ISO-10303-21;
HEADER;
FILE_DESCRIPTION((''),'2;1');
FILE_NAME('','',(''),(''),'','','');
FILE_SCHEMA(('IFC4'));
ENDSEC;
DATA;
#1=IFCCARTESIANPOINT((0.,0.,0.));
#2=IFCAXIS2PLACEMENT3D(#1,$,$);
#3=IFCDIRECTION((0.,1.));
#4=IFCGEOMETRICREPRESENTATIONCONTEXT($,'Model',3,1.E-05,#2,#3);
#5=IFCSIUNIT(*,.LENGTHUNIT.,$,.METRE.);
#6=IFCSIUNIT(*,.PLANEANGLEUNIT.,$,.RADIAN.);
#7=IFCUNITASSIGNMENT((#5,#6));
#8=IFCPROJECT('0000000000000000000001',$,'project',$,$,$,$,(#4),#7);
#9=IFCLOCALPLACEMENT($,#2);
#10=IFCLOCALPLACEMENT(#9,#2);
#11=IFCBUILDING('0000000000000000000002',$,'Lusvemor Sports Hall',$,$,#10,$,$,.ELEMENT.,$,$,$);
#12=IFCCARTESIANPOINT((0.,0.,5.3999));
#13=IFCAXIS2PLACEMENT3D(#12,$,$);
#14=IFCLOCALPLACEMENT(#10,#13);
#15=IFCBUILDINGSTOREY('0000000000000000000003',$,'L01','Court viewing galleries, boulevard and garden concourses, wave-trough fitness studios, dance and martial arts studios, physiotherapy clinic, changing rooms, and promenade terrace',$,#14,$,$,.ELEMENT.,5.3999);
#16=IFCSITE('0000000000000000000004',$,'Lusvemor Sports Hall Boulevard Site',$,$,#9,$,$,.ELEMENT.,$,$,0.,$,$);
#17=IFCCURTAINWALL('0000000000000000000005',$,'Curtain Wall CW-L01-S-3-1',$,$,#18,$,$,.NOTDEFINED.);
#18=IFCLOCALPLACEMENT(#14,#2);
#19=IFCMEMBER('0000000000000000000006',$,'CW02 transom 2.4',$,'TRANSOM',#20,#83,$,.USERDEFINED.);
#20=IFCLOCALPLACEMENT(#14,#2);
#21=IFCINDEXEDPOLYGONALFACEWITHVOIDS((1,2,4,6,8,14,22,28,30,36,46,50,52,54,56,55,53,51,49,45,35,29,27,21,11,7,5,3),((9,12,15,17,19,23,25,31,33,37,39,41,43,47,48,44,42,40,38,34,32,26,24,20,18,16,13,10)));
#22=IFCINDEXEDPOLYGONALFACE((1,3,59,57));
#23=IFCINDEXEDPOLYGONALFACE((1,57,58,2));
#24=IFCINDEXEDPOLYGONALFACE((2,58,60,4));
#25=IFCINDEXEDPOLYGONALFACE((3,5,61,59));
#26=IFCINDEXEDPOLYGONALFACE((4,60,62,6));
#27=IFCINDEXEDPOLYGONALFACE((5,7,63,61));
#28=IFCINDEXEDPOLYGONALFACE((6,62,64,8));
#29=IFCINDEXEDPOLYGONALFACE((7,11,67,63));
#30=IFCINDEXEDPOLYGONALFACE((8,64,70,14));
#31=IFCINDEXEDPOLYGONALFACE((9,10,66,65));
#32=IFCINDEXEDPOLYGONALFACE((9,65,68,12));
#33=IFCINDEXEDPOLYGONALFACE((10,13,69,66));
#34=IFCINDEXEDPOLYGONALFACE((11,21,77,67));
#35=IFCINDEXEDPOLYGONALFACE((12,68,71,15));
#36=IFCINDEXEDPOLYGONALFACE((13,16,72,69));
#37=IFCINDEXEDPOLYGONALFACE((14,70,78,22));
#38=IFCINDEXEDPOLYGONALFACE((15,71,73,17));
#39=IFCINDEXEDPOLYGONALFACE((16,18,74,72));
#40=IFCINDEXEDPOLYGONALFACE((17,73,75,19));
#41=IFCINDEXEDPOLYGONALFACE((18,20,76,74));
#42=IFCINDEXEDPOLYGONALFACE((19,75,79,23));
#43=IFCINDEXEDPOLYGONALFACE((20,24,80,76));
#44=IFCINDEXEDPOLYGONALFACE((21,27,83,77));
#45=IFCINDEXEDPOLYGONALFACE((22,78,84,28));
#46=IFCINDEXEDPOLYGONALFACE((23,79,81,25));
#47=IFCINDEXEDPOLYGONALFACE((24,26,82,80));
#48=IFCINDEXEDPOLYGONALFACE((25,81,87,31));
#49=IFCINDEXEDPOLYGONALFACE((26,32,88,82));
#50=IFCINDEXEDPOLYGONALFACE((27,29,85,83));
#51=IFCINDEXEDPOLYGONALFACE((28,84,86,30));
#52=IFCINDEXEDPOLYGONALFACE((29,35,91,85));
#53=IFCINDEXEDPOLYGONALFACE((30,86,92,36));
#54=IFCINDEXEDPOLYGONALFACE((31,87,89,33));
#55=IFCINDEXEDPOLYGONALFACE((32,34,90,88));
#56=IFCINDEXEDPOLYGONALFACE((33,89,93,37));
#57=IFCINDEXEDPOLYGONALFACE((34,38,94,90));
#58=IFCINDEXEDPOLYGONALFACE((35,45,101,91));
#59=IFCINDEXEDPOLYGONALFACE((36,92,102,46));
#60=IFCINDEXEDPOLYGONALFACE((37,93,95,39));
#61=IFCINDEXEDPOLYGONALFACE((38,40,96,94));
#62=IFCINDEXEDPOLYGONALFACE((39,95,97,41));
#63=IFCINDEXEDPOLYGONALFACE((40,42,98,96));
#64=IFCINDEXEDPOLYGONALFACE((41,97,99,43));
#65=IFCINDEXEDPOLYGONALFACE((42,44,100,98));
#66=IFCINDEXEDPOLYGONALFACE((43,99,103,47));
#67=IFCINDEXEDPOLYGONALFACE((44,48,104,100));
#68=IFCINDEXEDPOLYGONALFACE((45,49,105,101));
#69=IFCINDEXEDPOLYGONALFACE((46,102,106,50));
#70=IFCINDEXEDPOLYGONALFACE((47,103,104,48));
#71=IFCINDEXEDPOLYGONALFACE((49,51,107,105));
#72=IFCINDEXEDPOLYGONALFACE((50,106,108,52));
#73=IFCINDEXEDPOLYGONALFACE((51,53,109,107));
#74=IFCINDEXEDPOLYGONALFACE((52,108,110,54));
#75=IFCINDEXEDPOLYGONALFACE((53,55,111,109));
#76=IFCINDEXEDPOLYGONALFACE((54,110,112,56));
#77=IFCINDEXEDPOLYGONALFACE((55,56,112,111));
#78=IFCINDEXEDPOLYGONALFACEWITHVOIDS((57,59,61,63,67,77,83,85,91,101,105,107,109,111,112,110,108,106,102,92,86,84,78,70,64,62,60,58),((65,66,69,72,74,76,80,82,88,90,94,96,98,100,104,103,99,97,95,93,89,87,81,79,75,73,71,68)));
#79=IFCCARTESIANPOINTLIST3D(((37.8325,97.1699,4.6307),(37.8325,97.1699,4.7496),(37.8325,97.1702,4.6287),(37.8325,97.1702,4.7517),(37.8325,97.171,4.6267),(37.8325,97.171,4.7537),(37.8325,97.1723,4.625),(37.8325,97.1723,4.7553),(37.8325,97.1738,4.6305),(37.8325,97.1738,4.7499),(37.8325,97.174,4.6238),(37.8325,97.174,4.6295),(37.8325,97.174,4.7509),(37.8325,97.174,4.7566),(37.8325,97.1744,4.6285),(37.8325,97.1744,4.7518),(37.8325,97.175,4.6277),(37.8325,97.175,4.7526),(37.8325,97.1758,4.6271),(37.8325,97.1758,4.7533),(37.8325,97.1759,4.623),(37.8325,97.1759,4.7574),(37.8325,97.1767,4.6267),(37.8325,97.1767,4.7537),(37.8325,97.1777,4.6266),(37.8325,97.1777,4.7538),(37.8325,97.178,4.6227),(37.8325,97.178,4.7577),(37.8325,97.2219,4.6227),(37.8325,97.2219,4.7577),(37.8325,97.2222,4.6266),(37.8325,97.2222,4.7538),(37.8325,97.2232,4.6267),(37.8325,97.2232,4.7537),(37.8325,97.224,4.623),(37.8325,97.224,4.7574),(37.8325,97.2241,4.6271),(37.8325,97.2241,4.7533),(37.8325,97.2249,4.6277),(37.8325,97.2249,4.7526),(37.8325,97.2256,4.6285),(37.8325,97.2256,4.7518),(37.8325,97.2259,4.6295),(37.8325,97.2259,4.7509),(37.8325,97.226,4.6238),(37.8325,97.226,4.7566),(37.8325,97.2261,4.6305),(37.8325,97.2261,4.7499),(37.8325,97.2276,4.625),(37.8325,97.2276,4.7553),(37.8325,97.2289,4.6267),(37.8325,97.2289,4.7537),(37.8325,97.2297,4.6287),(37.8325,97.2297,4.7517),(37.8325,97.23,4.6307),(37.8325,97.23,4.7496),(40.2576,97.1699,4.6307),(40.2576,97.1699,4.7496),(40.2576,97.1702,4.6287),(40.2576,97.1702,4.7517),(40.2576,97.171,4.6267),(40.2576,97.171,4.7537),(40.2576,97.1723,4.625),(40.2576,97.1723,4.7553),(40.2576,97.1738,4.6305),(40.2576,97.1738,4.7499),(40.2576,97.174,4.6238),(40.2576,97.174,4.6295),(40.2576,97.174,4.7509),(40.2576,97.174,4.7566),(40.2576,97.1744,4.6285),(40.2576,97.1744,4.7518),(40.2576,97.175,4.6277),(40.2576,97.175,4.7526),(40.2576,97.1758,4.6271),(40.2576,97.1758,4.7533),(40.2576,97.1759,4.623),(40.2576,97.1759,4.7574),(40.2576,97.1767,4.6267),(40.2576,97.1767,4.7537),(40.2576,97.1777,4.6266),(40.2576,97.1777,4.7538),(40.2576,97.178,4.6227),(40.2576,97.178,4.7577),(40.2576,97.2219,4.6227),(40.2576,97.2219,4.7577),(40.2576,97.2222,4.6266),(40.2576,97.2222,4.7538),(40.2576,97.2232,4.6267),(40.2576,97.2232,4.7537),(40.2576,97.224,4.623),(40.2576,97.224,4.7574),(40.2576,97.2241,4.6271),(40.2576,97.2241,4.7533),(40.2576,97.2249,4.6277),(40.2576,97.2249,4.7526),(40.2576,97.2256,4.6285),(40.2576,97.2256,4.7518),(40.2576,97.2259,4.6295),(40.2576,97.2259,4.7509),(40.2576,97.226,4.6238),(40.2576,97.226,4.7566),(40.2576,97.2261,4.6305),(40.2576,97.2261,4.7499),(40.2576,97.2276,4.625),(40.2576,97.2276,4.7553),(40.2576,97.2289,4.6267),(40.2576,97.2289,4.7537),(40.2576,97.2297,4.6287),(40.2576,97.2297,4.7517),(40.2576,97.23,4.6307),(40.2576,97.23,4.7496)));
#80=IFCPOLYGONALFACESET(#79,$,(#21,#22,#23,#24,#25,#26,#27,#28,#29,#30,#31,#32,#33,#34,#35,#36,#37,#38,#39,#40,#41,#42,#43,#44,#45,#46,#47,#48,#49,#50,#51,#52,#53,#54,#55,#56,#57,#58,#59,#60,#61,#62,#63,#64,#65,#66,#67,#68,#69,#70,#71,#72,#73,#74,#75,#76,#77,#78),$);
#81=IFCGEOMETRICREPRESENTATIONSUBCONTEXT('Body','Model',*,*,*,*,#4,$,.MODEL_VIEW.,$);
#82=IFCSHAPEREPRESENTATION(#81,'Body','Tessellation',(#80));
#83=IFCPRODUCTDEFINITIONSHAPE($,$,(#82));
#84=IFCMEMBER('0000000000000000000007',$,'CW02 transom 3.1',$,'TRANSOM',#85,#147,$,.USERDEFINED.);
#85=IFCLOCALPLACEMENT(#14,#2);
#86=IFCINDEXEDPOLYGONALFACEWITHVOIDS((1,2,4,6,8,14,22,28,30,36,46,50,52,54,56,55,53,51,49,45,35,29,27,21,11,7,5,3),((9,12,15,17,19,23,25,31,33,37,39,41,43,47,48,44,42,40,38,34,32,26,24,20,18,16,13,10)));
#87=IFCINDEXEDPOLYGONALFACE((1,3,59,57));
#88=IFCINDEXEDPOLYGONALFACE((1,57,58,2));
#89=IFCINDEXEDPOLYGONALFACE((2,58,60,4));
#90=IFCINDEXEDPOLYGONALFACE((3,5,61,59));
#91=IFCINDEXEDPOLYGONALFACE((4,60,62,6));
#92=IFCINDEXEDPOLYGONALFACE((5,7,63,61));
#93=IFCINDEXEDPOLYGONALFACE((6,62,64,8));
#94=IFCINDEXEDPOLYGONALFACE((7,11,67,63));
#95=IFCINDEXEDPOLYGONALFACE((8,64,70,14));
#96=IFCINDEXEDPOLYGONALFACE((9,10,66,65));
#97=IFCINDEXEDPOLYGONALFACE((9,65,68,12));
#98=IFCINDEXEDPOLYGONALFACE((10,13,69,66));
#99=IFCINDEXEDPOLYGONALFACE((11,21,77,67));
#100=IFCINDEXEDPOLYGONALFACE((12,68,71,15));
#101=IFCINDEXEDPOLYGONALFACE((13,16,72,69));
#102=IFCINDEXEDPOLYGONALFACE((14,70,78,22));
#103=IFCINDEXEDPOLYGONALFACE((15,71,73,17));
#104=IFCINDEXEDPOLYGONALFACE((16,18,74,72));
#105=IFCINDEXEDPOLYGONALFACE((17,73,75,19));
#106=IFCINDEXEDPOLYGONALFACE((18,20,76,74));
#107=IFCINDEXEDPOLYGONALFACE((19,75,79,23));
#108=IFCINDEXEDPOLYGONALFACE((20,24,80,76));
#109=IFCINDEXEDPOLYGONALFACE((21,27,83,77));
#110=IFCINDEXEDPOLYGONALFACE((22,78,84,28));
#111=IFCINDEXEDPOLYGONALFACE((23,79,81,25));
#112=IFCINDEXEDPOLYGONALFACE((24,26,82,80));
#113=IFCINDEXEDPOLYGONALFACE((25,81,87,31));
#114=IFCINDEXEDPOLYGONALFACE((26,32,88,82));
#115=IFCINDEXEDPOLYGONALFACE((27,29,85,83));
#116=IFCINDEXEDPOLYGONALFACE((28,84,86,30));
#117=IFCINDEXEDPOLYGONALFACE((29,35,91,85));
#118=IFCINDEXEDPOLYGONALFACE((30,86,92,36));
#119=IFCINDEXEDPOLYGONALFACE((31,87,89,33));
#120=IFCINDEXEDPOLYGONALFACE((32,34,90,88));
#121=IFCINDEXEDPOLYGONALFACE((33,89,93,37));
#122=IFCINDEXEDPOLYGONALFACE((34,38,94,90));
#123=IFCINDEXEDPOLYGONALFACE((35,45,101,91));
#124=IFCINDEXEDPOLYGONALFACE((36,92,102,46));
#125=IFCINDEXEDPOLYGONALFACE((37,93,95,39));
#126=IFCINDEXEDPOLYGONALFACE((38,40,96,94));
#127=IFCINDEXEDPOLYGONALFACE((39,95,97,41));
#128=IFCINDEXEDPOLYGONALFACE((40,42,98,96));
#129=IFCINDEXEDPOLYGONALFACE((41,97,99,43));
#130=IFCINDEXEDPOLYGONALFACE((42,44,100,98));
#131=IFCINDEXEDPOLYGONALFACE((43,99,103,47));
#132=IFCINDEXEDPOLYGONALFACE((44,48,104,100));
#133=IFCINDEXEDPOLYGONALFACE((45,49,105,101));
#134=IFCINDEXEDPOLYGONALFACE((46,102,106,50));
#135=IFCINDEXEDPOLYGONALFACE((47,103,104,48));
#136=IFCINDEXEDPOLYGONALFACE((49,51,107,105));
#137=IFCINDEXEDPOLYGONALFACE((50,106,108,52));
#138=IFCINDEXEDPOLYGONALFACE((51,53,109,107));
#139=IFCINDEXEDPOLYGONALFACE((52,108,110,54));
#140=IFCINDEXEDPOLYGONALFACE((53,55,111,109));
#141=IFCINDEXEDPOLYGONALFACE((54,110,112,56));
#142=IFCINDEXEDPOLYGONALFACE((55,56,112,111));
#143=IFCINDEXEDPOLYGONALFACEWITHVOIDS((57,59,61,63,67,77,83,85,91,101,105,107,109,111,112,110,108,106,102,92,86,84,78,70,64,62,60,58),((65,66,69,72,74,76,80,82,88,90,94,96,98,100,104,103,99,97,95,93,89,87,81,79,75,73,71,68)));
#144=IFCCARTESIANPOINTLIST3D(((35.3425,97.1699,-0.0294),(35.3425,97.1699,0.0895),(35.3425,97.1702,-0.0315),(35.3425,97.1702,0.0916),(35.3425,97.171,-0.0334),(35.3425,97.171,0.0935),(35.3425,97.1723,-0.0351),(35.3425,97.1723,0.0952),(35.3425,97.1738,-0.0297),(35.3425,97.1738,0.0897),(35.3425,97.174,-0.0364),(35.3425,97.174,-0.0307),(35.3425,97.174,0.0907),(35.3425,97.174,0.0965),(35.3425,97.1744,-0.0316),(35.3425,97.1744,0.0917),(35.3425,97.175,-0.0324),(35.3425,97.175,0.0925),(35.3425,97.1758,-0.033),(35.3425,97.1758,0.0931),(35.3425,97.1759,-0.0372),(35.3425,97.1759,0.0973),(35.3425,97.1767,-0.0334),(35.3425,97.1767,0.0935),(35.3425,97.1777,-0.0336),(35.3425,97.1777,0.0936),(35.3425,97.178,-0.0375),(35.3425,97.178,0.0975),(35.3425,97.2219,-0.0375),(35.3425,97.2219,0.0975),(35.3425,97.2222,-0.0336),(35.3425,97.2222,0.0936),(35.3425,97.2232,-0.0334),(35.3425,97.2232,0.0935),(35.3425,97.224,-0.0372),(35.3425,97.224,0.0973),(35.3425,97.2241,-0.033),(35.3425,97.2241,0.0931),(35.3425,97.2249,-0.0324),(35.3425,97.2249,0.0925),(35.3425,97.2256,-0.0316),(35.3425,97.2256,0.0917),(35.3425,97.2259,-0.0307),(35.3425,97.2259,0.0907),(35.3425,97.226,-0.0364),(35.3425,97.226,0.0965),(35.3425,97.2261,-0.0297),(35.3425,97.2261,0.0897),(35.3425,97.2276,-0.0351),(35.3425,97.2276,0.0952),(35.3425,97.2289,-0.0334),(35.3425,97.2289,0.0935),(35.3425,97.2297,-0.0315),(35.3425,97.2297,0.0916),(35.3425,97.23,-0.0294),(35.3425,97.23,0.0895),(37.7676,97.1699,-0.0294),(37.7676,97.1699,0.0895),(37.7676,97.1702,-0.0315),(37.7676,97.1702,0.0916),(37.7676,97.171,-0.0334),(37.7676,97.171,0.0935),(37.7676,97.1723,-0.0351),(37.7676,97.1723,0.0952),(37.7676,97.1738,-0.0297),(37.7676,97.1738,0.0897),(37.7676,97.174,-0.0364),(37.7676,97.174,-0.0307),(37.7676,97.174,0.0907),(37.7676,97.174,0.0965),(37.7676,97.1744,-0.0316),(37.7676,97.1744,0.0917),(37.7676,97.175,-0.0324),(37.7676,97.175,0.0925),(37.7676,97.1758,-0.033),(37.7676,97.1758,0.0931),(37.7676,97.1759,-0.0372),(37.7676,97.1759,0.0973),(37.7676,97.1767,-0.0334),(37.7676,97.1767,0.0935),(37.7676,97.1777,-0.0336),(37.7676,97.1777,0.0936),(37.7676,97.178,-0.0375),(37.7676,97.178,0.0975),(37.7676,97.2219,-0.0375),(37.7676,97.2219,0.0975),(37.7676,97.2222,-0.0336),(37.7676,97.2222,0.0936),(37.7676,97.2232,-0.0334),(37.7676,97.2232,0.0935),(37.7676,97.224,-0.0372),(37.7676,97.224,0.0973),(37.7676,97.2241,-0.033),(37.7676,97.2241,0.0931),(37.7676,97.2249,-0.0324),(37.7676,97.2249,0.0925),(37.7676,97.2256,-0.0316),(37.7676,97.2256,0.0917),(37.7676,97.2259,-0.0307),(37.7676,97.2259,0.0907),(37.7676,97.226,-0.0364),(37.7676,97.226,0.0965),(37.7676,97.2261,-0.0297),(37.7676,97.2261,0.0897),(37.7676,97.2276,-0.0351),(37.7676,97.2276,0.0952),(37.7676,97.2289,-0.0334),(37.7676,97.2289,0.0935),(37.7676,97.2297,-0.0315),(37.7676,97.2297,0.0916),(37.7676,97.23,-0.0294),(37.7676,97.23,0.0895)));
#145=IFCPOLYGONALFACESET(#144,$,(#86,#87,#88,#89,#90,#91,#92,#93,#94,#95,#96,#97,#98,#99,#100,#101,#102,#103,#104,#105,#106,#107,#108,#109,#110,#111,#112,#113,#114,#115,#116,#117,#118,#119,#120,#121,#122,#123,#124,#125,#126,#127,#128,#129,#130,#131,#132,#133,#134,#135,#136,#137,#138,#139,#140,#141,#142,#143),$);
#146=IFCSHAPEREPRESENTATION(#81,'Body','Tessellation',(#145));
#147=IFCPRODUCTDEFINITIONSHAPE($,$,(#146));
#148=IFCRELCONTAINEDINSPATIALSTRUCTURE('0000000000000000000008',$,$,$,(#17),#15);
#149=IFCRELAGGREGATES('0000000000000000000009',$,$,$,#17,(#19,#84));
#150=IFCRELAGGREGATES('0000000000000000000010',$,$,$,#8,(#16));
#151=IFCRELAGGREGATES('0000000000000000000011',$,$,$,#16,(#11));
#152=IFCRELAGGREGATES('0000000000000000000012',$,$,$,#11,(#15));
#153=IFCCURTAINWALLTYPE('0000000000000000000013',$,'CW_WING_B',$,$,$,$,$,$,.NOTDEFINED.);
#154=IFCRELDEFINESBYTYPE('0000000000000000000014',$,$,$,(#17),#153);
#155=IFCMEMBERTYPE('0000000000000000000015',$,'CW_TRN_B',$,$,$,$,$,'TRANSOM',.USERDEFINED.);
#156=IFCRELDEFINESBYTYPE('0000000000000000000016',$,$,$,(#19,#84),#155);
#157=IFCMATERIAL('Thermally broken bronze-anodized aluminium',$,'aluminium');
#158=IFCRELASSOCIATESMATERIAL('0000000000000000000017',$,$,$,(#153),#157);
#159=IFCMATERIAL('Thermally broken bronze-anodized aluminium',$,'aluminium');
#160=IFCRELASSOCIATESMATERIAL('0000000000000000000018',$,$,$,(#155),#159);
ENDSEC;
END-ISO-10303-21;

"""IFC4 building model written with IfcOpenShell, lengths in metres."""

from ifc_helpers import new_model, si_unit, direction, frame, origin, origin_2d, place, context, subcontext, project, spatial, hollow_rectangle, extrude, material, material_profile, profile_set, type_object, element, aggregate, save


model = new_model("IFC4")

# Units and contexts
model_context = context("Model", 3, precision=1e-05, world=origin(), true_north=direction((0.0, 1.0)))
body_context = subcontext(model_context, "Body", "Model", "MODEL_VIEW")
ifc_project = project(units=[si_unit("LENGTHUNIT", "METRE"), si_unit("PLANEANGLEUNIT", "RADIAN")], contexts=[model_context])

# Site, building, storey
site_placement = place(None, origin())
site = spatial("IfcSite", under=ifc_project, at=site_placement, Name="Lusvemor Sports Hall Boulevard Site", CompositionType="ELEMENT", RefElevation=0.0)
building_placement = place(site_placement, origin())
building = spatial("IfcBuilding", under=site, at=building_placement, Name="Lusvemor Sports Hall", CompositionType="ELEMENT")
storey_placement = place(building_placement, frame((0.0, 0.0, 5.3999)))
storey = spatial("IfcBuildingStorey", under=building, at=storey_placement, Name="L01", Description="Court viewing galleries, boulevard and garden concourses, wave-trough fitness studios, dance and martial arts studios, physiotherapy clinic, changing rooms, and promenade terrace", CompositionType="ELEMENT", Elevation=5.3999)

# Curtain wall, members
ifc_material_1 = material(Name="Thermally broken bronze-anodized aluminium", Category="aluminium")
curtain_wall_type = type_object("IfcCurtainWallType", Name="CW_WING_B", PredefinedType="NOTDEFINED", material=ifc_material_1)
curtain_wall_placement = place(storey_placement, origin())
curtain_wall = element("IfcCurtainWall", 1, at=curtain_wall_placement, inside=storey, type_object=curtain_wall_type, Name="Curtain Wall CW-L01-S-3-1", PredefinedType="NOTDEFINED")
ifc_material_2 = material(Name="Thermally broken bronze-anodized aluminium", Category="aluminium")
ifc_material_profile_1 = material_profile(ifc_material_2, hollow_rectangle(XDim=0.0601, YDim=0.135, WallThickness=0.0039, InnerFilletRadius=0.0039, OuterFilletRadius=0.0081, at=origin_2d()), Name="CWTRN135x60x4")
ifc_profile_set_1 = profile_set([ifc_material_profile_1], Name="Thermally broken bronze-anodized aluminium")
member_type_1 = type_object("IfcMemberType", Name="CW_TRN_B", ElementType="TRANSOM", PredefinedType="USERDEFINED", material=ifc_profile_set_1)
member_1_placement = place(storey_placement, frame((40.2576, 97.2, 4.6902), z_axis=(-1.0, 0.0, 0.0), x_axis=(0.0, -1.0, 0.0)))
member_1 = element("IfcMember", 2, at=member_1_placement, type_object=member_type_1, Name="CW02 transom 2.4", ObjectType="TRANSOM", PredefinedType="USERDEFINED", context=body_context, shape_type="SweptSolid", body=[
    extrude(hollow_rectangle(XDim=0.0601, YDim=0.135, WallThickness=0.0039, InnerFilletRadius=0.0039, OuterFilletRadius=0.0081, at=origin_2d()), origin(), (0.0, 0.0, 1.0), 2.425),
])
member_2_placement = place(storey_placement, frame((37.7676, 97.2, 0.03), z_axis=(-1.0, 0.0, 0.0), x_axis=(0.0, -1.0, 0.0)))
member_2 = element("IfcMember", 3, at=member_2_placement, type_object=member_type_1, Name="CW02 transom 3.1", ObjectType="TRANSOM", PredefinedType="USERDEFINED", context=body_context, shape_type="SweptSolid", body=[
    extrude(hollow_rectangle(XDim=0.0601, YDim=0.135, WallThickness=0.0039, InnerFilletRadius=0.0039, OuterFilletRadius=0.0081, at=origin_2d()), origin(), (0.0, 0.0, 1.0), 2.425),
])

aggregate(curtain_wall, [member_1, member_2])

save(model, "model.ifc")
